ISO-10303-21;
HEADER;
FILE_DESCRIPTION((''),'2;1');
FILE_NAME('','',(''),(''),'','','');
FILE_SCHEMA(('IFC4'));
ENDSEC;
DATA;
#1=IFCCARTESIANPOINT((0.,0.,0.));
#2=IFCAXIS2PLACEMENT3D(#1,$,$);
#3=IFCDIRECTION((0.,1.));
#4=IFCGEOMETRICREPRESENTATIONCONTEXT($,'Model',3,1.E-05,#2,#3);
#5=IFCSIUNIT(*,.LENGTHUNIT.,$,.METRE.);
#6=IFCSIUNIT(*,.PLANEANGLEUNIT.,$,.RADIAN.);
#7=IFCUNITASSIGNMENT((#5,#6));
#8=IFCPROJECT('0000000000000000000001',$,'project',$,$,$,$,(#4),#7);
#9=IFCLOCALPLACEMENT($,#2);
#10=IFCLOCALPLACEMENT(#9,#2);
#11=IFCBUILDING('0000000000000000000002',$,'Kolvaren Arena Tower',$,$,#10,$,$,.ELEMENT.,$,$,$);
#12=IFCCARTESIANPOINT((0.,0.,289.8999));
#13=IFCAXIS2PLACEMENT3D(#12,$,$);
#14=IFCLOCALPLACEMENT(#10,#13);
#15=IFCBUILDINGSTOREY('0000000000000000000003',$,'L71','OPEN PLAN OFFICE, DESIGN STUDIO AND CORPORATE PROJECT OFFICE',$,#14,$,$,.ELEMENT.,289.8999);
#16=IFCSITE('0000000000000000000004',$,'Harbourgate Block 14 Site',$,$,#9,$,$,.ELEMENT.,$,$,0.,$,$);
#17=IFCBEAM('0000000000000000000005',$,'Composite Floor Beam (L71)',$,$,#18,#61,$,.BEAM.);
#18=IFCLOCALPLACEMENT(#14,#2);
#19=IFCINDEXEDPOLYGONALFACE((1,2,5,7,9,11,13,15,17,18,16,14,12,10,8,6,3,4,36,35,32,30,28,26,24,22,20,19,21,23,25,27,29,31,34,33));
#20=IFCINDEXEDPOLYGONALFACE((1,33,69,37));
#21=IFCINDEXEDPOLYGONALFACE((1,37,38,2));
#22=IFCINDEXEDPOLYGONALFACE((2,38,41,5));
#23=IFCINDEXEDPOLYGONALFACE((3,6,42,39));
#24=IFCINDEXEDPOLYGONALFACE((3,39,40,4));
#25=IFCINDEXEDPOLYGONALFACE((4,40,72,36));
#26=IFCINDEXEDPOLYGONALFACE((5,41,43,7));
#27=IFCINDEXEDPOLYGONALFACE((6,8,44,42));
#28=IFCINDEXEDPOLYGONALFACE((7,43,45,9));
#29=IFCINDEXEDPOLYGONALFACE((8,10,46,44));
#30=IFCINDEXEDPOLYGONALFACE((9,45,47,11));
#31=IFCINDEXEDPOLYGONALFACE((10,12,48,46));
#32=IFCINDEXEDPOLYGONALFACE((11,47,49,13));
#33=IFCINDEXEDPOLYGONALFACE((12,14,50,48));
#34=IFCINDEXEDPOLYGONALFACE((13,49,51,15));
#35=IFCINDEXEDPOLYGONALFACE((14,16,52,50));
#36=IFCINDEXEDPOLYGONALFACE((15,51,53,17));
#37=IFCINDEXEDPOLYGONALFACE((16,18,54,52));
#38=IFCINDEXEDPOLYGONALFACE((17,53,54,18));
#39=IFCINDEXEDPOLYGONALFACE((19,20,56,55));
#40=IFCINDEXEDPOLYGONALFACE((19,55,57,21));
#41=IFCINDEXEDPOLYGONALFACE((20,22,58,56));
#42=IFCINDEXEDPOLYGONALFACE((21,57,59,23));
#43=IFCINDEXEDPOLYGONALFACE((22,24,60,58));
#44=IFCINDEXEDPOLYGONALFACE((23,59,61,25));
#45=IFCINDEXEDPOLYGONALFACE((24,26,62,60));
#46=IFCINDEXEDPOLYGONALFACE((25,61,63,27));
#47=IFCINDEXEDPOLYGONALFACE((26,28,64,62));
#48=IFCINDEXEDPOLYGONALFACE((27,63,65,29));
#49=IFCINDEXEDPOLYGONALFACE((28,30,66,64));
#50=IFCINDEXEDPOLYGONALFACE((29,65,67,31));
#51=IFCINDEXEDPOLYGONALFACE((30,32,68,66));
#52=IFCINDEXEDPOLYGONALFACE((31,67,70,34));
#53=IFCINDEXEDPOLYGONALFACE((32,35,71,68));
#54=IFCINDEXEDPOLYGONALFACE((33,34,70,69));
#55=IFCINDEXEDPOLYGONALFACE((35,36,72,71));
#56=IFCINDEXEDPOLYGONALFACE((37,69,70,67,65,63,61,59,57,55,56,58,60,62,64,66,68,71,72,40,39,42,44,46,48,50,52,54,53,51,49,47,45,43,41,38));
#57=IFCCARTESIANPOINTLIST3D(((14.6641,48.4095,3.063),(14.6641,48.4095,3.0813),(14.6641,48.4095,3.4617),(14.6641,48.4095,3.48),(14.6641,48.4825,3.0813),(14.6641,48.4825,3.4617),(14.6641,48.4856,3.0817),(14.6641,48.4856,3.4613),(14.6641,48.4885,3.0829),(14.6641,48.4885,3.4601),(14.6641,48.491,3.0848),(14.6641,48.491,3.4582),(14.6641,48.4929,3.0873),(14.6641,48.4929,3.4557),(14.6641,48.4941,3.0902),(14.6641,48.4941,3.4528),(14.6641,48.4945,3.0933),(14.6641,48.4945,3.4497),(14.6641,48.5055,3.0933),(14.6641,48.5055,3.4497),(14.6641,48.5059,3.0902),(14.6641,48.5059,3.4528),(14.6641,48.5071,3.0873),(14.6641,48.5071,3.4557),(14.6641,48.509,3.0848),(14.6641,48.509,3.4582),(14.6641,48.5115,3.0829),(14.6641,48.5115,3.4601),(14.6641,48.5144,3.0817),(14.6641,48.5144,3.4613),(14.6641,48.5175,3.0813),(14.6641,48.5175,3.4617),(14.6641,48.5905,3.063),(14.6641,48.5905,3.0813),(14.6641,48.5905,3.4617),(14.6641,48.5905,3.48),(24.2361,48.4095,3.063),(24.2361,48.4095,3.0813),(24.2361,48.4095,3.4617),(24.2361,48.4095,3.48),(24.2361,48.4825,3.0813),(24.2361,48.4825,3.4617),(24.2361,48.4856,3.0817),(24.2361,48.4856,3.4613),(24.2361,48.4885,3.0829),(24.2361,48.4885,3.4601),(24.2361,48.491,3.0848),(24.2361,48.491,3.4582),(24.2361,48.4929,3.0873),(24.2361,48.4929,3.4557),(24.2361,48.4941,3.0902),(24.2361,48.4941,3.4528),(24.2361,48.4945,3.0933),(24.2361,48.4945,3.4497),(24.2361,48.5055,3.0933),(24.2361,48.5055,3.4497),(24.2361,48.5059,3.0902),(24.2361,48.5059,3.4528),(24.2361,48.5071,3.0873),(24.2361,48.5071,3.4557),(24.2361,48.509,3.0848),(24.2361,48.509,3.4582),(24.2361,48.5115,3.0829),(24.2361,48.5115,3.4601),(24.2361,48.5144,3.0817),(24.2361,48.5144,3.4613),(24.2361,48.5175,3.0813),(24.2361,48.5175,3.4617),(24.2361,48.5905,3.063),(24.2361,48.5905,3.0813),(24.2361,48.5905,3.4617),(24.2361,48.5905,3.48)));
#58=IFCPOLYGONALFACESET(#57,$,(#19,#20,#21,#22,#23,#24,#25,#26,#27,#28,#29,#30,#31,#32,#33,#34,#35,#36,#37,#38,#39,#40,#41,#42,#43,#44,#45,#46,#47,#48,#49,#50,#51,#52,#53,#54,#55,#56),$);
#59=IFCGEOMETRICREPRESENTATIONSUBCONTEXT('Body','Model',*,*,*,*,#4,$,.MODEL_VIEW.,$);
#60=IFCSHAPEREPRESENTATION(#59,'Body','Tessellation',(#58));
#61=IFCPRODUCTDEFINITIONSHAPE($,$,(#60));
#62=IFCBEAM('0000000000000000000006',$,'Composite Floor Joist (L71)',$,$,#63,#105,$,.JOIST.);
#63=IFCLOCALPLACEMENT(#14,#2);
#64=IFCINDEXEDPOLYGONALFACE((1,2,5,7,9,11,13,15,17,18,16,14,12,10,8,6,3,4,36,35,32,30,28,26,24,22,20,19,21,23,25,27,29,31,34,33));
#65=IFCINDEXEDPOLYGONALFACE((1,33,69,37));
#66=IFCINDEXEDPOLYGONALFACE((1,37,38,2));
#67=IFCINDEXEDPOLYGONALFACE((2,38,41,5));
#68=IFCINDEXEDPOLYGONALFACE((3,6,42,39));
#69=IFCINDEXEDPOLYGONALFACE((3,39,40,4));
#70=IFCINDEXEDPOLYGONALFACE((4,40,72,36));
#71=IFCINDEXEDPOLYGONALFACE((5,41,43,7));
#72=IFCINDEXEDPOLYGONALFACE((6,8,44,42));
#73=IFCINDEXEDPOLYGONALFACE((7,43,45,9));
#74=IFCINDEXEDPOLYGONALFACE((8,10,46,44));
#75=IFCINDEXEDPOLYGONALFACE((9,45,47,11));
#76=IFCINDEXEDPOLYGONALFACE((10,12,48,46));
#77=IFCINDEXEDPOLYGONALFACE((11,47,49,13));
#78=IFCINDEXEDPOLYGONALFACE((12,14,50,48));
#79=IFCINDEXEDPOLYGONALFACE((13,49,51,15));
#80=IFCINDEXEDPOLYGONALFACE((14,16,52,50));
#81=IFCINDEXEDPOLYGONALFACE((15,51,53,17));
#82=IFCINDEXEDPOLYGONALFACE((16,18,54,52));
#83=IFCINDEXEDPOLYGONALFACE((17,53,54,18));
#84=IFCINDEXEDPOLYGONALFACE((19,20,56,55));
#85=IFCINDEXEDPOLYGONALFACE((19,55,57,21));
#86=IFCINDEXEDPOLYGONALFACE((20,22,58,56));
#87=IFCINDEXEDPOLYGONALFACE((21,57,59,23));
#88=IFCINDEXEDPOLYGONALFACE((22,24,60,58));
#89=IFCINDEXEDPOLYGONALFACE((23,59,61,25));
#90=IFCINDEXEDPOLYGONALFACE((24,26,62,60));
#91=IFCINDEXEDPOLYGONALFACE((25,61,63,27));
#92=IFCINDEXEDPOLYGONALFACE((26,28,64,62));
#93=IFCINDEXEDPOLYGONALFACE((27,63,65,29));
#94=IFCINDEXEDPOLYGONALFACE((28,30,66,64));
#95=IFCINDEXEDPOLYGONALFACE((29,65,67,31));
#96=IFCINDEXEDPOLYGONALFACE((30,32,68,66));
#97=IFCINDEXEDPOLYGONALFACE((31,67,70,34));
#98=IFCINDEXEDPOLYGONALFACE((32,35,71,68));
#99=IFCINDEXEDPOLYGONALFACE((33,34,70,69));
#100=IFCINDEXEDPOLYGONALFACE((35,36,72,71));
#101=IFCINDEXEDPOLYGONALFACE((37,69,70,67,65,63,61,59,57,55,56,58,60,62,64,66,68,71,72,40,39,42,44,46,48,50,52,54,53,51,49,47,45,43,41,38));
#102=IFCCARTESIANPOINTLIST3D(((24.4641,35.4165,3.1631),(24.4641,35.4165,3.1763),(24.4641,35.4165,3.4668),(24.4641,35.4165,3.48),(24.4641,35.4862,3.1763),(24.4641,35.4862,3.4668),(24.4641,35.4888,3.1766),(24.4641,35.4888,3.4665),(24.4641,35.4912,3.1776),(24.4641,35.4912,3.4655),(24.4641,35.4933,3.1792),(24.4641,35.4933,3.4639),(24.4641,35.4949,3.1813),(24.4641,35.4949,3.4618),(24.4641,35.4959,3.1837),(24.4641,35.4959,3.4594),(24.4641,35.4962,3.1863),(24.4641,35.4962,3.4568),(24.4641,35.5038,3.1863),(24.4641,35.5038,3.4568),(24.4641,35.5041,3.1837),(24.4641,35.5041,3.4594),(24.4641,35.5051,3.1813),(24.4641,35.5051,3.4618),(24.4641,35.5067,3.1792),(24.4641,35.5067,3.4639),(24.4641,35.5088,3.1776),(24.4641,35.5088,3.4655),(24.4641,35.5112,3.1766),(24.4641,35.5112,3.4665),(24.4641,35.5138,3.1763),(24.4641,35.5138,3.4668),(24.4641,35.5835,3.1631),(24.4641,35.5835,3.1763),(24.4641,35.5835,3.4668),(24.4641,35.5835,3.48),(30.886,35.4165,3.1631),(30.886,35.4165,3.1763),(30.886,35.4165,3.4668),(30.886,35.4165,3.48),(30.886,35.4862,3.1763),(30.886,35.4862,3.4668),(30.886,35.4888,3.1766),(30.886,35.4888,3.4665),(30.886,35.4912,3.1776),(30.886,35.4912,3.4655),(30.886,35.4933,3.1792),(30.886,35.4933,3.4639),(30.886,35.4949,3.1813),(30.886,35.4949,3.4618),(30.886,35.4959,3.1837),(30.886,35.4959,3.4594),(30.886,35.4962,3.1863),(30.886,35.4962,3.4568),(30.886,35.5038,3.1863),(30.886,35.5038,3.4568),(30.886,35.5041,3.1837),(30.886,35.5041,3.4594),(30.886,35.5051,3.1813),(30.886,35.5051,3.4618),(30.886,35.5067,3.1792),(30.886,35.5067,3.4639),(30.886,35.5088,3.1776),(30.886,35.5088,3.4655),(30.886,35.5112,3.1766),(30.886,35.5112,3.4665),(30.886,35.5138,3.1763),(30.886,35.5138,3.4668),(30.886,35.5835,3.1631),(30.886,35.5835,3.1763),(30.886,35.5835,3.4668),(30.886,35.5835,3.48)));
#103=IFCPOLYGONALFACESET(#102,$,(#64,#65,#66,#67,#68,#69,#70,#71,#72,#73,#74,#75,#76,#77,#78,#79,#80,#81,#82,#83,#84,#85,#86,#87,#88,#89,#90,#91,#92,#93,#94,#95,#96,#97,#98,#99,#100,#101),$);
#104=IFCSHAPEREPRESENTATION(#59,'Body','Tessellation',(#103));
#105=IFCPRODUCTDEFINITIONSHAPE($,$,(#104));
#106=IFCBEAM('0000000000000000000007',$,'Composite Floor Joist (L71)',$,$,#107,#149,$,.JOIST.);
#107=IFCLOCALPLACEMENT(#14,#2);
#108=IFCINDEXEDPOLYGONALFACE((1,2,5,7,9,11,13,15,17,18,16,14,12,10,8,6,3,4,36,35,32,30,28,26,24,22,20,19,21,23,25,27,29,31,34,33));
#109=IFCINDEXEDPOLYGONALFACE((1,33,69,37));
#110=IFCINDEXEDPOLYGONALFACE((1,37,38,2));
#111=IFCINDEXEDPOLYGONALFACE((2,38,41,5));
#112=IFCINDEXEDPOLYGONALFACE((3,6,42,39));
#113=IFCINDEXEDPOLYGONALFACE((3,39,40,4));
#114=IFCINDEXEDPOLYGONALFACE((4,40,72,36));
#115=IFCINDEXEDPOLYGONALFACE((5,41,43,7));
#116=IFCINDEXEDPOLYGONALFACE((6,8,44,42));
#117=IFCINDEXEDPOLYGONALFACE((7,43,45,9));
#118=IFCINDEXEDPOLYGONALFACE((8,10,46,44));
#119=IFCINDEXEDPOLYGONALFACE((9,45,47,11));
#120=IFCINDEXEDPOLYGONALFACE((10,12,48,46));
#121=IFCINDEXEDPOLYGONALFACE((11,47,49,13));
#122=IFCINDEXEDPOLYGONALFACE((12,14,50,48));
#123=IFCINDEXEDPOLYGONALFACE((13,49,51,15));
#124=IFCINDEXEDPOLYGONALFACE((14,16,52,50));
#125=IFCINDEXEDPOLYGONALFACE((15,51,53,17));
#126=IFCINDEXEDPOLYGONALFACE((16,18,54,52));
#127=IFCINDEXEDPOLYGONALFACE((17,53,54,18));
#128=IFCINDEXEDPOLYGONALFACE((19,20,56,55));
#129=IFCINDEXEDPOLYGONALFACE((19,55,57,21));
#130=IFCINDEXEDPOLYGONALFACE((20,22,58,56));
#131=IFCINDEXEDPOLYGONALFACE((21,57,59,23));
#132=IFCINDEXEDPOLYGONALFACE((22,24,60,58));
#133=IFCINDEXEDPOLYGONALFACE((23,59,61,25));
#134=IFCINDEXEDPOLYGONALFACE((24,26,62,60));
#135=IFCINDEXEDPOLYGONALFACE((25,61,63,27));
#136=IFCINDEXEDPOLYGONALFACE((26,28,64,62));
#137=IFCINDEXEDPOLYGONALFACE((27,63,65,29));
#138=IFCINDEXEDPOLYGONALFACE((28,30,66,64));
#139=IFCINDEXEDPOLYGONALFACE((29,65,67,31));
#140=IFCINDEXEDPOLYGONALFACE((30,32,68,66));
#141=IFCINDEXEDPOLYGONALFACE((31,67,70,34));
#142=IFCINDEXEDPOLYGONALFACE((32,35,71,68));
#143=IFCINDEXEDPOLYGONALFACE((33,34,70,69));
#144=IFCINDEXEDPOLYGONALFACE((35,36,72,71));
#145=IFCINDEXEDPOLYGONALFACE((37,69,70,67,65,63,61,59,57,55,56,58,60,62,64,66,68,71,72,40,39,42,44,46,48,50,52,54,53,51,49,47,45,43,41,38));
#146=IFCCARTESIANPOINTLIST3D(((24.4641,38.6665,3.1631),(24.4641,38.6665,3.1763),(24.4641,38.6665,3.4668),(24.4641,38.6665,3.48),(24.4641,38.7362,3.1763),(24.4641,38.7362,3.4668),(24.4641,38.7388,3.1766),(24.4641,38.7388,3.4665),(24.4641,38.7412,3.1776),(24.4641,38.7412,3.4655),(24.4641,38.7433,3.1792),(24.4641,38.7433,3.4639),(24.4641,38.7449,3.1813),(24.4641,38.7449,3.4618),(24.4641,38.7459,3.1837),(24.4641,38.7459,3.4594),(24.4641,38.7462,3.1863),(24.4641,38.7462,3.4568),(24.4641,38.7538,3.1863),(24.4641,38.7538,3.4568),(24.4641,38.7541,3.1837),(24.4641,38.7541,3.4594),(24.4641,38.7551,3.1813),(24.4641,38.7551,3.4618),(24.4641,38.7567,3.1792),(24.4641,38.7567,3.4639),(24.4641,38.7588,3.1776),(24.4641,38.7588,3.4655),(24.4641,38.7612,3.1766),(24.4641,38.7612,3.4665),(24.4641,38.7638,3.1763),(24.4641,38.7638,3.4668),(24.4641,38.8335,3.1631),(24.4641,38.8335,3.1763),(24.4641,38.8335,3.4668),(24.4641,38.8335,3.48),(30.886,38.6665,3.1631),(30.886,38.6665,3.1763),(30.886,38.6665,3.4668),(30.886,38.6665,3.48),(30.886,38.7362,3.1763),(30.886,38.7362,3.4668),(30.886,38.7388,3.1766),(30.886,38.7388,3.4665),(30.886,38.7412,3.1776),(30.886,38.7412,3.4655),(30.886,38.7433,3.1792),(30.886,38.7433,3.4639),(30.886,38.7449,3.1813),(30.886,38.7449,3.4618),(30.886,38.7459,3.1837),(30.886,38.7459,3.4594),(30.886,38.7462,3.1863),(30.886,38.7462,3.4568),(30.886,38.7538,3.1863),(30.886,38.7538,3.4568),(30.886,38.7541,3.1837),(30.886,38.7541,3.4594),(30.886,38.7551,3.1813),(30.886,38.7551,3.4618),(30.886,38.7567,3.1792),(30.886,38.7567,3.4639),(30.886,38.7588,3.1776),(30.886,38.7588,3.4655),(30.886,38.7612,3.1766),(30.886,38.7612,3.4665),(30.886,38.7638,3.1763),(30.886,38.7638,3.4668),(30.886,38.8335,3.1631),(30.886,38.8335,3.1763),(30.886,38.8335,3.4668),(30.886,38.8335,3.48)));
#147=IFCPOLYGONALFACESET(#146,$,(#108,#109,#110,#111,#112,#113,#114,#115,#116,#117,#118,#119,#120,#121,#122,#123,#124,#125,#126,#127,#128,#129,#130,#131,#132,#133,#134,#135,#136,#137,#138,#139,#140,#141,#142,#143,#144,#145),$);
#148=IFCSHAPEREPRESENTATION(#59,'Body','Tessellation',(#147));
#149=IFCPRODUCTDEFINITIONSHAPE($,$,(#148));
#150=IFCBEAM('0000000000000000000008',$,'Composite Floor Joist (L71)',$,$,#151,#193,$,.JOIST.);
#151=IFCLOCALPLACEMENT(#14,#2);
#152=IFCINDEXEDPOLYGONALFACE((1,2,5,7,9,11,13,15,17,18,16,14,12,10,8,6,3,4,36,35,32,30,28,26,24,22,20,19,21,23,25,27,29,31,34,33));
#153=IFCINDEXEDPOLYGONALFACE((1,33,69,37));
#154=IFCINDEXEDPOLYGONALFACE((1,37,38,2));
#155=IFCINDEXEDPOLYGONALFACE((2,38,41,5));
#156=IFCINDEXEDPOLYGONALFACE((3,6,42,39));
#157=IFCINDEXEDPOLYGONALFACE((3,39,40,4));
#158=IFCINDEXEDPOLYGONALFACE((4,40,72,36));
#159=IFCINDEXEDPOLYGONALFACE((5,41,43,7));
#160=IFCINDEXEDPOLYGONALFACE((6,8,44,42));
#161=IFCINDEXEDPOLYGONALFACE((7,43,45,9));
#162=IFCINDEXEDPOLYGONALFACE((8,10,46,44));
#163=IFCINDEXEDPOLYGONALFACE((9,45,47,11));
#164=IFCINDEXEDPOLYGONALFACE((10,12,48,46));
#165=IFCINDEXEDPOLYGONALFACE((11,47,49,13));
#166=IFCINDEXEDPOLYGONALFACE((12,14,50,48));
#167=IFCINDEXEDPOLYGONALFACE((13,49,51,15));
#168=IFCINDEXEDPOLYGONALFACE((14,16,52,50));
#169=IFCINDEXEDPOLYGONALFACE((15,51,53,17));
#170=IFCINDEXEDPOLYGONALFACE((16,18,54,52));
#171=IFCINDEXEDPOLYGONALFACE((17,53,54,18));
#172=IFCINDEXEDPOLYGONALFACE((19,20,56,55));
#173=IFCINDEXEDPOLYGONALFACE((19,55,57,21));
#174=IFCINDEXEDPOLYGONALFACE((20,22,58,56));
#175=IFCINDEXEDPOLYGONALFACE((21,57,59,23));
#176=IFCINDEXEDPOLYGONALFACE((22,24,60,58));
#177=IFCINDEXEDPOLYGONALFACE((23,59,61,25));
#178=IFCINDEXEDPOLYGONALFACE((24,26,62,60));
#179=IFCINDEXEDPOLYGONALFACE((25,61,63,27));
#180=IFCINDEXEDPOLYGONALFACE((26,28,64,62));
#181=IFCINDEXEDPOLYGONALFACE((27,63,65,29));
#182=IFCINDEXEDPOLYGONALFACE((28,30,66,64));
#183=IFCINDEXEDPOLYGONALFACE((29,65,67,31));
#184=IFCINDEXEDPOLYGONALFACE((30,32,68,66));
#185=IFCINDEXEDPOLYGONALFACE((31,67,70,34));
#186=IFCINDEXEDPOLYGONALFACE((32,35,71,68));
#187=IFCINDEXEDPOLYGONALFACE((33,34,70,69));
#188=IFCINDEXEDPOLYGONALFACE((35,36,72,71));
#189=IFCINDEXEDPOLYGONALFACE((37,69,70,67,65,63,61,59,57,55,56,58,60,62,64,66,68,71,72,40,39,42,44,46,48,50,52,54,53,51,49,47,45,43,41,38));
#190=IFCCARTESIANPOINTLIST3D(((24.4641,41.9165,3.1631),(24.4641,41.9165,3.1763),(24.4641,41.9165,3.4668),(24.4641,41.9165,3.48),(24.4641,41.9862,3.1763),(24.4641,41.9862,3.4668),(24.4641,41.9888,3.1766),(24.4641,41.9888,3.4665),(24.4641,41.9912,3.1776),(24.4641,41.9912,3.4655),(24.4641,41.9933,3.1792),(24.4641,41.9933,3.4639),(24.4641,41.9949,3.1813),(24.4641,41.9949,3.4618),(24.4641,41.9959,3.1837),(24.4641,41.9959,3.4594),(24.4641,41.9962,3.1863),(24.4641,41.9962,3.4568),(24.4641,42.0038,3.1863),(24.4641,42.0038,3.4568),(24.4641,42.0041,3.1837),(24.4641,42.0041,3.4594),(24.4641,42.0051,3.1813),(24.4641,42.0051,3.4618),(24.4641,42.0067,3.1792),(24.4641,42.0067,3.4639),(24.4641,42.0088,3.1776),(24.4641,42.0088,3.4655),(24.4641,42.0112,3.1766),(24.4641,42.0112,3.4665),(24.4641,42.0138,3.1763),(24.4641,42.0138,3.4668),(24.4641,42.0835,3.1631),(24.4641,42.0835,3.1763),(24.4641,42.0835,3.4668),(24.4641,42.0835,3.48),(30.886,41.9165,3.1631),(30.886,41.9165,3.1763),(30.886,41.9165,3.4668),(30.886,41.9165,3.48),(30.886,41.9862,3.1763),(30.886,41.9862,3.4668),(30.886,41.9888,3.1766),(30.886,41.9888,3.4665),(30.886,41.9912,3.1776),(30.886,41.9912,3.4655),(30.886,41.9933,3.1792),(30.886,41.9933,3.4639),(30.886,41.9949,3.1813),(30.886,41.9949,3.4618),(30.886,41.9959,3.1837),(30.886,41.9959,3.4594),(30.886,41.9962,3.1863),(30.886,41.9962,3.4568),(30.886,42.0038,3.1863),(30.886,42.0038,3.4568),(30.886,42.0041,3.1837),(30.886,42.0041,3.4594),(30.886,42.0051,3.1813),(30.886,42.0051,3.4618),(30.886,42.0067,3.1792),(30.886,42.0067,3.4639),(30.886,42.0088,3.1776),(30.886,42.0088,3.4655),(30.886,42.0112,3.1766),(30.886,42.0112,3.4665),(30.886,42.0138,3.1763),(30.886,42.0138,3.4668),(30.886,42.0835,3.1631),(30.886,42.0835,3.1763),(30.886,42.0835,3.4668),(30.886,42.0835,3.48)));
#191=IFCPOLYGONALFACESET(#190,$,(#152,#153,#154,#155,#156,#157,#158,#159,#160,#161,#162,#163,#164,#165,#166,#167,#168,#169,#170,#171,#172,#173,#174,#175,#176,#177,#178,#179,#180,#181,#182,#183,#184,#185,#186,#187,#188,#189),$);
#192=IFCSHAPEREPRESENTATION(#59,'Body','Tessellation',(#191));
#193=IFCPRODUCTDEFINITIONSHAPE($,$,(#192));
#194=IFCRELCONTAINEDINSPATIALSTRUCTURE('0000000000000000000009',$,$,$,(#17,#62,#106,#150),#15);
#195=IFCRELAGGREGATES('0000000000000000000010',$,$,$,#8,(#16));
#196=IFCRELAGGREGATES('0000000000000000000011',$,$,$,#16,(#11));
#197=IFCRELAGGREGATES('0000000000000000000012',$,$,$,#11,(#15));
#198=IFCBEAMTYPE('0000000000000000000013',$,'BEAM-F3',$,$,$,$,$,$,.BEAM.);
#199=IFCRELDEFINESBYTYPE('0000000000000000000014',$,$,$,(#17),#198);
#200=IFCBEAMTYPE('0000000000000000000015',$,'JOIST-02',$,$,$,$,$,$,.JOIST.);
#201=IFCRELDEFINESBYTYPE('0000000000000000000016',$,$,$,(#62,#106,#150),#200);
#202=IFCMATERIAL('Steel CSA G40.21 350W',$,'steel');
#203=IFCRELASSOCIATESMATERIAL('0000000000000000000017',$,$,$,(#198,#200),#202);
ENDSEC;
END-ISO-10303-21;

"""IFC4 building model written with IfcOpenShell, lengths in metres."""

from ifc_helpers import new_model, si_unit, direction, frame, origin, origin_2d, place, context, subcontext, project, spatial, i_section, extrude, material, material_profile, profile_set, type_object, element, save


model = new_model("IFC4")

# Units and contexts
model_context = context("Model", 3, precision=1e-05, world=origin(), true_north=direction((0.0, 1.0)))
body_context = subcontext(model_context, "Body", "Model", "MODEL_VIEW")
ifc_project = project(units=[si_unit("LENGTHUNIT", "METRE"), si_unit("PLANEANGLEUNIT", "RADIAN")], contexts=[model_context])

# Site, building, storey
site_placement = place(None, origin())
site = spatial("IfcSite", under=ifc_project, at=site_placement, Name="Harbourgate Block 14 Site", CompositionType="ELEMENT", RefElevation=0.0)
building_placement = place(site_placement, origin())
building = spatial("IfcBuilding", under=site, at=building_placement, Name="Kolvaren Arena Tower", CompositionType="ELEMENT")
storey_placement = place(building_placement, frame((0.0, 0.0, 289.8999)))
storey = spatial("IfcBuildingStorey", under=building, at=storey_placement, Name="L71", Description="OPEN PLAN OFFICE, DESIGN STUDIO AND CORPORATE PROJECT OFFICE", CompositionType="ELEMENT", Elevation=289.8999)

# Beams
ifc_material_1 = material(Name="Steel CSA G40.21 350W", Category="steel")
ifc_material_profile_1 = material_profile(ifc_material_1, i_section(OverallWidth=0.1809, OverallDepth=0.417, WebThickness=0.011, FlangeThickness=0.0183, FilletRadius=0.012, at=origin_2d()), Name="W410x85")
ifc_profile_set_1 = profile_set([ifc_material_profile_1], Name="Steel CSA G40.21 350W")
beam_type_1 = type_object("IfcBeamType", Name="BEAM-F3", PredefinedType="BEAM", material=ifc_profile_set_1)
beam_1_placement = place(storey_placement, frame((14.6641, 48.5, 3.2715), z_axis=(1.0, 0.0, 0.0), x_axis=(0.0, 1.0, 0.0)))
element("IfcBeam", 1, at=beam_1_placement, inside=storey, type_object=beam_type_1, Name="Composite Floor Beam (L71)", PredefinedType="BEAM", context=body_context, shape_type="SweptSolid", body=[
    extrude(i_section(OverallWidth=0.1809, OverallDepth=0.417, WebThickness=0.011, FlangeThickness=0.0183, FilletRadius=0.012, at=origin_2d()), origin(), (0.0, 0.0, 1.0), 9.572),
])
ifc_material_profile_2 = material_profile(ifc_material_1, i_section(OverallWidth=0.167, OverallDepth=0.3169, WebThickness=0.0076, FlangeThickness=0.0132, FilletRadius=0.01, at=origin_2d()), Name="W310x52")
ifc_profile_set_2 = profile_set([ifc_material_profile_2], Name="Steel CSA G40.21 350W")
beam_type_2 = type_object("IfcBeamType", Name="JOIST-02", PredefinedType="JOIST", material=ifc_profile_set_2)
for number, where, z_axis, x_axis, name in (
    (2, (24.4641, 35.5, 3.3215), (1.0, 0.0, 0.0), (0.0, 1.0, 0.0), "Composite Floor Joist (L71)"),
    (3, (24.4641, 38.75, 3.3215), (1.0, 0.0, 0.0), (0.0, 1.0, 0.0), "Composite Floor Joist (L71)"),
    (4, (24.4641, 42.0, 3.3215), (1.0, 0.0, 0.0), (0.0, 1.0, 0.0), "Composite Floor Joist (L71)"),
):
    element("IfcBeam", number, at=place(storey_placement, frame(where, z_axis=z_axis, x_axis=x_axis)), inside=storey, type_object=beam_type_2, Name=name, PredefinedType="JOIST", context=body_context, shape_type="SweptSolid", body=[
        extrude(i_section(OverallWidth=0.167, OverallDepth=0.3169, WebThickness=0.0076, FlangeThickness=0.0132, FilletRadius=0.01, at=origin_2d()), origin(), (0.0, 0.0, 1.0), 6.4219),
    ])

save(model, "model.ifc")
